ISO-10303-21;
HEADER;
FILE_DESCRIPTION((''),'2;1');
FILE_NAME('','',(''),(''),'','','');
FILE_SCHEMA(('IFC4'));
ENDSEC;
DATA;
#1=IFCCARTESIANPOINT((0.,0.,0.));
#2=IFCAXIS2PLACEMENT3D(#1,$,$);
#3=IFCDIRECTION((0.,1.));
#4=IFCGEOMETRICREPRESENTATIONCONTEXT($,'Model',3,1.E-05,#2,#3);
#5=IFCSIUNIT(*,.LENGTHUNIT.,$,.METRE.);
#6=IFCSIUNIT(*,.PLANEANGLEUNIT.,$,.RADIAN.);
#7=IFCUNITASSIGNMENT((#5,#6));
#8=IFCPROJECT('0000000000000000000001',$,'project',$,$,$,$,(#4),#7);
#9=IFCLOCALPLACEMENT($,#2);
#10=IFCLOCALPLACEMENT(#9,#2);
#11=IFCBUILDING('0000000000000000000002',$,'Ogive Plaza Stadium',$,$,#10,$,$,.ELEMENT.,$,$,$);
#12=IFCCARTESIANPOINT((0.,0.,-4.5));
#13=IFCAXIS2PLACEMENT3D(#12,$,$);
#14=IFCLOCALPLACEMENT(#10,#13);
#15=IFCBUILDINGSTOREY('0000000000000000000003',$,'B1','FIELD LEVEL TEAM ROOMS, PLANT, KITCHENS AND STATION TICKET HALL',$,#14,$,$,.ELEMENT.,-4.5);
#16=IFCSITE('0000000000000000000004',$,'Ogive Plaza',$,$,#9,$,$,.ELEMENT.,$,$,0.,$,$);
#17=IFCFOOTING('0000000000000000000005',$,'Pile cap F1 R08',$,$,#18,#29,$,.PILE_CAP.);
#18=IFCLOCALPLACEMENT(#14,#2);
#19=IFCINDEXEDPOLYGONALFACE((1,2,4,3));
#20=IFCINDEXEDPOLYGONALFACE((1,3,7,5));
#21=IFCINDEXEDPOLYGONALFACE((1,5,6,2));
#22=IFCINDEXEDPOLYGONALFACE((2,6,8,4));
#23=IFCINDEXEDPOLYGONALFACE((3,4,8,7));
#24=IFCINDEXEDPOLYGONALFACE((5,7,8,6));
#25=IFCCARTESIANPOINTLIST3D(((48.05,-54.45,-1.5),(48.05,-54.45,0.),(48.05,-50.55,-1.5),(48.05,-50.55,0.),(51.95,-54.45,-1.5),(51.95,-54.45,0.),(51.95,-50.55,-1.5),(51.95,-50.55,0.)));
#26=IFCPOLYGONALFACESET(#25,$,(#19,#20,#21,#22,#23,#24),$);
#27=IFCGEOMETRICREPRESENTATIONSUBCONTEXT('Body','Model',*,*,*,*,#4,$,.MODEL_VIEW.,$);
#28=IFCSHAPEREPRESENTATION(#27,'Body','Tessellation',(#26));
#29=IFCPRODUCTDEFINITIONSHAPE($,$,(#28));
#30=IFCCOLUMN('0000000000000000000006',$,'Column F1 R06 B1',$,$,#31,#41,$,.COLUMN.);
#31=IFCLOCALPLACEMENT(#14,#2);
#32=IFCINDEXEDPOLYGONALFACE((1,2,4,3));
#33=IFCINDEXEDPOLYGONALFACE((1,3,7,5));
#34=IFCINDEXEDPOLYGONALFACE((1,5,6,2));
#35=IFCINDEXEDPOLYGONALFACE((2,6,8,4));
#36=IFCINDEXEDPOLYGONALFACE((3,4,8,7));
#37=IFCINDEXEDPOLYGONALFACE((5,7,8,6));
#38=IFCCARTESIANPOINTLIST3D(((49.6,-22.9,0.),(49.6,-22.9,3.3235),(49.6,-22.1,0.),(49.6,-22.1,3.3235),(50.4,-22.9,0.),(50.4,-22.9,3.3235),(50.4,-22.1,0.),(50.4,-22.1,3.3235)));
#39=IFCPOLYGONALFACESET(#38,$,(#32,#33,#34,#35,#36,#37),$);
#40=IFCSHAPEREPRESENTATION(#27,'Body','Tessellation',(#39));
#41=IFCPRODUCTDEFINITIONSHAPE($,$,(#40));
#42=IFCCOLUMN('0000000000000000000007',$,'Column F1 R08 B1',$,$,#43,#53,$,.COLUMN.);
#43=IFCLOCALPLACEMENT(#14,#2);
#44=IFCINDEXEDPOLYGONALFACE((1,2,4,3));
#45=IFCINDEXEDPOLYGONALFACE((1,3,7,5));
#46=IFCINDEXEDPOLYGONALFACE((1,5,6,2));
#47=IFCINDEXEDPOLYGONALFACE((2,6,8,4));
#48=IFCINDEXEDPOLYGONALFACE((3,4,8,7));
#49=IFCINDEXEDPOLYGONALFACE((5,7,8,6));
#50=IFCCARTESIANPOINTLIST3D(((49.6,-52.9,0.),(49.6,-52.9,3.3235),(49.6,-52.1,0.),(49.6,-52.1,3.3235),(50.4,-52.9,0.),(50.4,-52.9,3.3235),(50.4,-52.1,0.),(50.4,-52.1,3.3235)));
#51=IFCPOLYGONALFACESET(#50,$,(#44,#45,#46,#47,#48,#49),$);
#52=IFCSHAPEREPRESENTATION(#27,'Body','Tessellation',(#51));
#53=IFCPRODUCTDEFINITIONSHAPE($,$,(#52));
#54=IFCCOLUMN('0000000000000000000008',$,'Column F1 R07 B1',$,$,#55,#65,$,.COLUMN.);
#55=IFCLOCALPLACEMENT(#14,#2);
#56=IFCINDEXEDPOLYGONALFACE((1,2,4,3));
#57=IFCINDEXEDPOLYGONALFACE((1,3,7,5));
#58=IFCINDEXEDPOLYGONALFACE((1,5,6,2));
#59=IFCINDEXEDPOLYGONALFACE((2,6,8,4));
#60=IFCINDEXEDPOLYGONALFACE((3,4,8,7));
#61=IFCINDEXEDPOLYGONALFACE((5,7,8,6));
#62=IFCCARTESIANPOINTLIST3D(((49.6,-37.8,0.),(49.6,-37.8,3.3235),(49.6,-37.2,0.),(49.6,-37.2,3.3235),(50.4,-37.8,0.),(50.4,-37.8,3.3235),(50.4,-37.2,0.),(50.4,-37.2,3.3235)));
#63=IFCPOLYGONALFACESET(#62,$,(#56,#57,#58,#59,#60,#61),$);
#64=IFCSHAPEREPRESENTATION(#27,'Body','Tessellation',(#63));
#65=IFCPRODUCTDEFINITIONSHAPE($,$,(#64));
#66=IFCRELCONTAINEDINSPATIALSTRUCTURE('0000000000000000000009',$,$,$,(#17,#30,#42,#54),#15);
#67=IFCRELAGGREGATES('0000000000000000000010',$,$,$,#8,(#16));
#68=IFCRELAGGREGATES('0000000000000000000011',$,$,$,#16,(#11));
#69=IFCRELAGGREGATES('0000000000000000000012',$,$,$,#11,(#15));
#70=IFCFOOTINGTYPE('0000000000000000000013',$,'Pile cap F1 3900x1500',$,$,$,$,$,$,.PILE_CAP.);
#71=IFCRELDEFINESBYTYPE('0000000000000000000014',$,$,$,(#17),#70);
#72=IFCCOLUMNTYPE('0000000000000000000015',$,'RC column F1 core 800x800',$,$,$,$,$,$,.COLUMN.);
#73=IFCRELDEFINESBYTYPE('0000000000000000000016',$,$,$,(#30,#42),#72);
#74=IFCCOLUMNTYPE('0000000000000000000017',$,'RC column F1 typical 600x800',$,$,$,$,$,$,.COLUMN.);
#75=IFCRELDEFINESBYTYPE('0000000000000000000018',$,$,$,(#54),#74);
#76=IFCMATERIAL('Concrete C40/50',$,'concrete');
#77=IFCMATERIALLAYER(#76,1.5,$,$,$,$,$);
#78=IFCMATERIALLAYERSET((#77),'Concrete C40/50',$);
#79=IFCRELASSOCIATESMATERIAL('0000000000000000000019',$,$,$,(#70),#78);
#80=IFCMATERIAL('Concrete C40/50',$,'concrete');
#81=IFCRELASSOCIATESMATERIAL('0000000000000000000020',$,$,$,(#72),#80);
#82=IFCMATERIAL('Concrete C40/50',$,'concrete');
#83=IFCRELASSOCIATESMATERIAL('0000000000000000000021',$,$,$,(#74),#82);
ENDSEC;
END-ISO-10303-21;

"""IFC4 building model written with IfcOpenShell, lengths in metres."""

from ifc_helpers import new_model, si_unit, direction, frame, origin, origin_2d, place, context, subcontext, project, spatial, rectangle, extrude, material, layer, layer_set, material_profile, profile_set, type_object, element, save


model = new_model("IFC4")

# Units and contexts
model_context = context("Model", 3, precision=1e-05, world=origin(), true_north=direction((0.0, 1.0)))
body_context = subcontext(model_context, "Body", "Model", "MODEL_VIEW")
ifc_project = project(units=[si_unit("LENGTHUNIT", "METRE"), si_unit("PLANEANGLEUNIT", "RADIAN")], contexts=[model_context])

# Site, building, storey
site_placement = place(None, origin())
site = spatial("IfcSite", under=ifc_project, at=site_placement, Name="Ogive Plaza", CompositionType="ELEMENT", RefElevation=0.0)
building_placement = place(site_placement, origin())
building = spatial("IfcBuilding", under=site, at=building_placement, Name="Ogive Plaza Stadium", CompositionType="ELEMENT")
storey_placement = place(building_placement, frame((0.0, 0.0, -4.5)))
storey = spatial("IfcBuildingStorey", under=building, at=storey_placement, Name="B1", Description="FIELD LEVEL TEAM ROOMS, PLANT, KITCHENS AND STATION TICKET HALL", CompositionType="ELEMENT", Elevation=-4.5)

# Footing
ifc_material_1 = material(Name="Concrete C40/50", Category="concrete")
ifc_layer_1 = layer(ifc_material_1, 1.5)
ifc_layer_set_1 = layer_set([ifc_layer_1], Name="Concrete C40/50")
footing_type = type_object("IfcFootingType", Name="Pile cap F1 3900x1500", PredefinedType="PILE_CAP", material=ifc_layer_set_1)
for number, where, z_axis, x_axis, name in (
    (1, (50.0, -52.5, -1.5), (0.0, 0.0, 1.0), (1.0, 0.0, 0.0), "Pile cap F1 R08"),
):
    element("IfcFooting", number, at=place(storey_placement, frame(where, z_axis=z_axis, x_axis=x_axis)), inside=storey, type_object=footing_type, Name=name, PredefinedType="PILE_CAP", context=body_context, shape_type="SweptSolid", body=[
        extrude(rectangle(XDim=3.8999, YDim=3.8999, at=origin_2d()), origin(), (0.0, 0.0, 1.0), 1.5),
    ])

# Columns
ifc_material_2 = material(Name="Concrete C40/50", Category="concrete")
ifc_material_profile_1 = material_profile(ifc_material_2, rectangle(XDim=0.8, YDim=0.8, at=origin_2d()), Name="RC 800x800")
ifc_profile_set_1 = profile_set([ifc_material_profile_1], Name="Concrete C40/50")
column_type_1 = type_object("IfcColumnType", Name="RC column F1 core 800x800", PredefinedType="COLUMN", material=ifc_profile_set_1)
for number, where, z_axis, x_axis, name in (
    (2, (50.0, -22.5, 0.0), (0.0, 0.0, 1.0), (0.0, 1.0, 0.0), "Column F1 R06 B1"),
    (3, (50.0, -52.5, 0.0), (0.0, 0.0, 1.0), (0.0, 1.0, 0.0), "Column F1 R08 B1"),
):
    element("IfcColumn", number, at=place(storey_placement, frame(where, z_axis=z_axis, x_axis=x_axis)), inside=storey, type_object=column_type_1, Name=name, PredefinedType="COLUMN", context=body_context, shape_type="SweptSolid", body=[
        extrude(rectangle(XDim=0.8, YDim=0.8, at=origin_2d()), origin(), (0.0, 0.0, 1.0), 3.3235),
    ])
ifc_material_3 = material(Name="Concrete C40/50", Category="concrete")
ifc_material_profile_2 = material_profile(ifc_material_3, rectangle(XDim=0.6001, YDim=0.8, at=origin_2d()), Name="RC 600x800")
ifc_profile_set_2 = profile_set([ifc_material_profile_2], Name="Concrete C40/50")
column_type_2 = type_object("IfcColumnType", Name="RC column F1 typical 600x800", PredefinedType="COLUMN", material=ifc_profile_set_2)
column_placement = place(storey_placement, frame((50.0, -37.5, 0.0), z_axis=(0.0, 0.0, 1.0), x_axis=(0.0, 1.0, 0.0)))
element("IfcColumn", 4, at=column_placement, inside=storey, type_object=column_type_2, Name="Column F1 R07 B1", PredefinedType="COLUMN", context=body_context, shape_type="SweptSolid", body=[
    extrude(rectangle(XDim=0.6001, YDim=0.8, at=origin_2d()), origin(), (0.0, 0.0, 1.0), 3.3235),
])

save(model, "model.ifc")
